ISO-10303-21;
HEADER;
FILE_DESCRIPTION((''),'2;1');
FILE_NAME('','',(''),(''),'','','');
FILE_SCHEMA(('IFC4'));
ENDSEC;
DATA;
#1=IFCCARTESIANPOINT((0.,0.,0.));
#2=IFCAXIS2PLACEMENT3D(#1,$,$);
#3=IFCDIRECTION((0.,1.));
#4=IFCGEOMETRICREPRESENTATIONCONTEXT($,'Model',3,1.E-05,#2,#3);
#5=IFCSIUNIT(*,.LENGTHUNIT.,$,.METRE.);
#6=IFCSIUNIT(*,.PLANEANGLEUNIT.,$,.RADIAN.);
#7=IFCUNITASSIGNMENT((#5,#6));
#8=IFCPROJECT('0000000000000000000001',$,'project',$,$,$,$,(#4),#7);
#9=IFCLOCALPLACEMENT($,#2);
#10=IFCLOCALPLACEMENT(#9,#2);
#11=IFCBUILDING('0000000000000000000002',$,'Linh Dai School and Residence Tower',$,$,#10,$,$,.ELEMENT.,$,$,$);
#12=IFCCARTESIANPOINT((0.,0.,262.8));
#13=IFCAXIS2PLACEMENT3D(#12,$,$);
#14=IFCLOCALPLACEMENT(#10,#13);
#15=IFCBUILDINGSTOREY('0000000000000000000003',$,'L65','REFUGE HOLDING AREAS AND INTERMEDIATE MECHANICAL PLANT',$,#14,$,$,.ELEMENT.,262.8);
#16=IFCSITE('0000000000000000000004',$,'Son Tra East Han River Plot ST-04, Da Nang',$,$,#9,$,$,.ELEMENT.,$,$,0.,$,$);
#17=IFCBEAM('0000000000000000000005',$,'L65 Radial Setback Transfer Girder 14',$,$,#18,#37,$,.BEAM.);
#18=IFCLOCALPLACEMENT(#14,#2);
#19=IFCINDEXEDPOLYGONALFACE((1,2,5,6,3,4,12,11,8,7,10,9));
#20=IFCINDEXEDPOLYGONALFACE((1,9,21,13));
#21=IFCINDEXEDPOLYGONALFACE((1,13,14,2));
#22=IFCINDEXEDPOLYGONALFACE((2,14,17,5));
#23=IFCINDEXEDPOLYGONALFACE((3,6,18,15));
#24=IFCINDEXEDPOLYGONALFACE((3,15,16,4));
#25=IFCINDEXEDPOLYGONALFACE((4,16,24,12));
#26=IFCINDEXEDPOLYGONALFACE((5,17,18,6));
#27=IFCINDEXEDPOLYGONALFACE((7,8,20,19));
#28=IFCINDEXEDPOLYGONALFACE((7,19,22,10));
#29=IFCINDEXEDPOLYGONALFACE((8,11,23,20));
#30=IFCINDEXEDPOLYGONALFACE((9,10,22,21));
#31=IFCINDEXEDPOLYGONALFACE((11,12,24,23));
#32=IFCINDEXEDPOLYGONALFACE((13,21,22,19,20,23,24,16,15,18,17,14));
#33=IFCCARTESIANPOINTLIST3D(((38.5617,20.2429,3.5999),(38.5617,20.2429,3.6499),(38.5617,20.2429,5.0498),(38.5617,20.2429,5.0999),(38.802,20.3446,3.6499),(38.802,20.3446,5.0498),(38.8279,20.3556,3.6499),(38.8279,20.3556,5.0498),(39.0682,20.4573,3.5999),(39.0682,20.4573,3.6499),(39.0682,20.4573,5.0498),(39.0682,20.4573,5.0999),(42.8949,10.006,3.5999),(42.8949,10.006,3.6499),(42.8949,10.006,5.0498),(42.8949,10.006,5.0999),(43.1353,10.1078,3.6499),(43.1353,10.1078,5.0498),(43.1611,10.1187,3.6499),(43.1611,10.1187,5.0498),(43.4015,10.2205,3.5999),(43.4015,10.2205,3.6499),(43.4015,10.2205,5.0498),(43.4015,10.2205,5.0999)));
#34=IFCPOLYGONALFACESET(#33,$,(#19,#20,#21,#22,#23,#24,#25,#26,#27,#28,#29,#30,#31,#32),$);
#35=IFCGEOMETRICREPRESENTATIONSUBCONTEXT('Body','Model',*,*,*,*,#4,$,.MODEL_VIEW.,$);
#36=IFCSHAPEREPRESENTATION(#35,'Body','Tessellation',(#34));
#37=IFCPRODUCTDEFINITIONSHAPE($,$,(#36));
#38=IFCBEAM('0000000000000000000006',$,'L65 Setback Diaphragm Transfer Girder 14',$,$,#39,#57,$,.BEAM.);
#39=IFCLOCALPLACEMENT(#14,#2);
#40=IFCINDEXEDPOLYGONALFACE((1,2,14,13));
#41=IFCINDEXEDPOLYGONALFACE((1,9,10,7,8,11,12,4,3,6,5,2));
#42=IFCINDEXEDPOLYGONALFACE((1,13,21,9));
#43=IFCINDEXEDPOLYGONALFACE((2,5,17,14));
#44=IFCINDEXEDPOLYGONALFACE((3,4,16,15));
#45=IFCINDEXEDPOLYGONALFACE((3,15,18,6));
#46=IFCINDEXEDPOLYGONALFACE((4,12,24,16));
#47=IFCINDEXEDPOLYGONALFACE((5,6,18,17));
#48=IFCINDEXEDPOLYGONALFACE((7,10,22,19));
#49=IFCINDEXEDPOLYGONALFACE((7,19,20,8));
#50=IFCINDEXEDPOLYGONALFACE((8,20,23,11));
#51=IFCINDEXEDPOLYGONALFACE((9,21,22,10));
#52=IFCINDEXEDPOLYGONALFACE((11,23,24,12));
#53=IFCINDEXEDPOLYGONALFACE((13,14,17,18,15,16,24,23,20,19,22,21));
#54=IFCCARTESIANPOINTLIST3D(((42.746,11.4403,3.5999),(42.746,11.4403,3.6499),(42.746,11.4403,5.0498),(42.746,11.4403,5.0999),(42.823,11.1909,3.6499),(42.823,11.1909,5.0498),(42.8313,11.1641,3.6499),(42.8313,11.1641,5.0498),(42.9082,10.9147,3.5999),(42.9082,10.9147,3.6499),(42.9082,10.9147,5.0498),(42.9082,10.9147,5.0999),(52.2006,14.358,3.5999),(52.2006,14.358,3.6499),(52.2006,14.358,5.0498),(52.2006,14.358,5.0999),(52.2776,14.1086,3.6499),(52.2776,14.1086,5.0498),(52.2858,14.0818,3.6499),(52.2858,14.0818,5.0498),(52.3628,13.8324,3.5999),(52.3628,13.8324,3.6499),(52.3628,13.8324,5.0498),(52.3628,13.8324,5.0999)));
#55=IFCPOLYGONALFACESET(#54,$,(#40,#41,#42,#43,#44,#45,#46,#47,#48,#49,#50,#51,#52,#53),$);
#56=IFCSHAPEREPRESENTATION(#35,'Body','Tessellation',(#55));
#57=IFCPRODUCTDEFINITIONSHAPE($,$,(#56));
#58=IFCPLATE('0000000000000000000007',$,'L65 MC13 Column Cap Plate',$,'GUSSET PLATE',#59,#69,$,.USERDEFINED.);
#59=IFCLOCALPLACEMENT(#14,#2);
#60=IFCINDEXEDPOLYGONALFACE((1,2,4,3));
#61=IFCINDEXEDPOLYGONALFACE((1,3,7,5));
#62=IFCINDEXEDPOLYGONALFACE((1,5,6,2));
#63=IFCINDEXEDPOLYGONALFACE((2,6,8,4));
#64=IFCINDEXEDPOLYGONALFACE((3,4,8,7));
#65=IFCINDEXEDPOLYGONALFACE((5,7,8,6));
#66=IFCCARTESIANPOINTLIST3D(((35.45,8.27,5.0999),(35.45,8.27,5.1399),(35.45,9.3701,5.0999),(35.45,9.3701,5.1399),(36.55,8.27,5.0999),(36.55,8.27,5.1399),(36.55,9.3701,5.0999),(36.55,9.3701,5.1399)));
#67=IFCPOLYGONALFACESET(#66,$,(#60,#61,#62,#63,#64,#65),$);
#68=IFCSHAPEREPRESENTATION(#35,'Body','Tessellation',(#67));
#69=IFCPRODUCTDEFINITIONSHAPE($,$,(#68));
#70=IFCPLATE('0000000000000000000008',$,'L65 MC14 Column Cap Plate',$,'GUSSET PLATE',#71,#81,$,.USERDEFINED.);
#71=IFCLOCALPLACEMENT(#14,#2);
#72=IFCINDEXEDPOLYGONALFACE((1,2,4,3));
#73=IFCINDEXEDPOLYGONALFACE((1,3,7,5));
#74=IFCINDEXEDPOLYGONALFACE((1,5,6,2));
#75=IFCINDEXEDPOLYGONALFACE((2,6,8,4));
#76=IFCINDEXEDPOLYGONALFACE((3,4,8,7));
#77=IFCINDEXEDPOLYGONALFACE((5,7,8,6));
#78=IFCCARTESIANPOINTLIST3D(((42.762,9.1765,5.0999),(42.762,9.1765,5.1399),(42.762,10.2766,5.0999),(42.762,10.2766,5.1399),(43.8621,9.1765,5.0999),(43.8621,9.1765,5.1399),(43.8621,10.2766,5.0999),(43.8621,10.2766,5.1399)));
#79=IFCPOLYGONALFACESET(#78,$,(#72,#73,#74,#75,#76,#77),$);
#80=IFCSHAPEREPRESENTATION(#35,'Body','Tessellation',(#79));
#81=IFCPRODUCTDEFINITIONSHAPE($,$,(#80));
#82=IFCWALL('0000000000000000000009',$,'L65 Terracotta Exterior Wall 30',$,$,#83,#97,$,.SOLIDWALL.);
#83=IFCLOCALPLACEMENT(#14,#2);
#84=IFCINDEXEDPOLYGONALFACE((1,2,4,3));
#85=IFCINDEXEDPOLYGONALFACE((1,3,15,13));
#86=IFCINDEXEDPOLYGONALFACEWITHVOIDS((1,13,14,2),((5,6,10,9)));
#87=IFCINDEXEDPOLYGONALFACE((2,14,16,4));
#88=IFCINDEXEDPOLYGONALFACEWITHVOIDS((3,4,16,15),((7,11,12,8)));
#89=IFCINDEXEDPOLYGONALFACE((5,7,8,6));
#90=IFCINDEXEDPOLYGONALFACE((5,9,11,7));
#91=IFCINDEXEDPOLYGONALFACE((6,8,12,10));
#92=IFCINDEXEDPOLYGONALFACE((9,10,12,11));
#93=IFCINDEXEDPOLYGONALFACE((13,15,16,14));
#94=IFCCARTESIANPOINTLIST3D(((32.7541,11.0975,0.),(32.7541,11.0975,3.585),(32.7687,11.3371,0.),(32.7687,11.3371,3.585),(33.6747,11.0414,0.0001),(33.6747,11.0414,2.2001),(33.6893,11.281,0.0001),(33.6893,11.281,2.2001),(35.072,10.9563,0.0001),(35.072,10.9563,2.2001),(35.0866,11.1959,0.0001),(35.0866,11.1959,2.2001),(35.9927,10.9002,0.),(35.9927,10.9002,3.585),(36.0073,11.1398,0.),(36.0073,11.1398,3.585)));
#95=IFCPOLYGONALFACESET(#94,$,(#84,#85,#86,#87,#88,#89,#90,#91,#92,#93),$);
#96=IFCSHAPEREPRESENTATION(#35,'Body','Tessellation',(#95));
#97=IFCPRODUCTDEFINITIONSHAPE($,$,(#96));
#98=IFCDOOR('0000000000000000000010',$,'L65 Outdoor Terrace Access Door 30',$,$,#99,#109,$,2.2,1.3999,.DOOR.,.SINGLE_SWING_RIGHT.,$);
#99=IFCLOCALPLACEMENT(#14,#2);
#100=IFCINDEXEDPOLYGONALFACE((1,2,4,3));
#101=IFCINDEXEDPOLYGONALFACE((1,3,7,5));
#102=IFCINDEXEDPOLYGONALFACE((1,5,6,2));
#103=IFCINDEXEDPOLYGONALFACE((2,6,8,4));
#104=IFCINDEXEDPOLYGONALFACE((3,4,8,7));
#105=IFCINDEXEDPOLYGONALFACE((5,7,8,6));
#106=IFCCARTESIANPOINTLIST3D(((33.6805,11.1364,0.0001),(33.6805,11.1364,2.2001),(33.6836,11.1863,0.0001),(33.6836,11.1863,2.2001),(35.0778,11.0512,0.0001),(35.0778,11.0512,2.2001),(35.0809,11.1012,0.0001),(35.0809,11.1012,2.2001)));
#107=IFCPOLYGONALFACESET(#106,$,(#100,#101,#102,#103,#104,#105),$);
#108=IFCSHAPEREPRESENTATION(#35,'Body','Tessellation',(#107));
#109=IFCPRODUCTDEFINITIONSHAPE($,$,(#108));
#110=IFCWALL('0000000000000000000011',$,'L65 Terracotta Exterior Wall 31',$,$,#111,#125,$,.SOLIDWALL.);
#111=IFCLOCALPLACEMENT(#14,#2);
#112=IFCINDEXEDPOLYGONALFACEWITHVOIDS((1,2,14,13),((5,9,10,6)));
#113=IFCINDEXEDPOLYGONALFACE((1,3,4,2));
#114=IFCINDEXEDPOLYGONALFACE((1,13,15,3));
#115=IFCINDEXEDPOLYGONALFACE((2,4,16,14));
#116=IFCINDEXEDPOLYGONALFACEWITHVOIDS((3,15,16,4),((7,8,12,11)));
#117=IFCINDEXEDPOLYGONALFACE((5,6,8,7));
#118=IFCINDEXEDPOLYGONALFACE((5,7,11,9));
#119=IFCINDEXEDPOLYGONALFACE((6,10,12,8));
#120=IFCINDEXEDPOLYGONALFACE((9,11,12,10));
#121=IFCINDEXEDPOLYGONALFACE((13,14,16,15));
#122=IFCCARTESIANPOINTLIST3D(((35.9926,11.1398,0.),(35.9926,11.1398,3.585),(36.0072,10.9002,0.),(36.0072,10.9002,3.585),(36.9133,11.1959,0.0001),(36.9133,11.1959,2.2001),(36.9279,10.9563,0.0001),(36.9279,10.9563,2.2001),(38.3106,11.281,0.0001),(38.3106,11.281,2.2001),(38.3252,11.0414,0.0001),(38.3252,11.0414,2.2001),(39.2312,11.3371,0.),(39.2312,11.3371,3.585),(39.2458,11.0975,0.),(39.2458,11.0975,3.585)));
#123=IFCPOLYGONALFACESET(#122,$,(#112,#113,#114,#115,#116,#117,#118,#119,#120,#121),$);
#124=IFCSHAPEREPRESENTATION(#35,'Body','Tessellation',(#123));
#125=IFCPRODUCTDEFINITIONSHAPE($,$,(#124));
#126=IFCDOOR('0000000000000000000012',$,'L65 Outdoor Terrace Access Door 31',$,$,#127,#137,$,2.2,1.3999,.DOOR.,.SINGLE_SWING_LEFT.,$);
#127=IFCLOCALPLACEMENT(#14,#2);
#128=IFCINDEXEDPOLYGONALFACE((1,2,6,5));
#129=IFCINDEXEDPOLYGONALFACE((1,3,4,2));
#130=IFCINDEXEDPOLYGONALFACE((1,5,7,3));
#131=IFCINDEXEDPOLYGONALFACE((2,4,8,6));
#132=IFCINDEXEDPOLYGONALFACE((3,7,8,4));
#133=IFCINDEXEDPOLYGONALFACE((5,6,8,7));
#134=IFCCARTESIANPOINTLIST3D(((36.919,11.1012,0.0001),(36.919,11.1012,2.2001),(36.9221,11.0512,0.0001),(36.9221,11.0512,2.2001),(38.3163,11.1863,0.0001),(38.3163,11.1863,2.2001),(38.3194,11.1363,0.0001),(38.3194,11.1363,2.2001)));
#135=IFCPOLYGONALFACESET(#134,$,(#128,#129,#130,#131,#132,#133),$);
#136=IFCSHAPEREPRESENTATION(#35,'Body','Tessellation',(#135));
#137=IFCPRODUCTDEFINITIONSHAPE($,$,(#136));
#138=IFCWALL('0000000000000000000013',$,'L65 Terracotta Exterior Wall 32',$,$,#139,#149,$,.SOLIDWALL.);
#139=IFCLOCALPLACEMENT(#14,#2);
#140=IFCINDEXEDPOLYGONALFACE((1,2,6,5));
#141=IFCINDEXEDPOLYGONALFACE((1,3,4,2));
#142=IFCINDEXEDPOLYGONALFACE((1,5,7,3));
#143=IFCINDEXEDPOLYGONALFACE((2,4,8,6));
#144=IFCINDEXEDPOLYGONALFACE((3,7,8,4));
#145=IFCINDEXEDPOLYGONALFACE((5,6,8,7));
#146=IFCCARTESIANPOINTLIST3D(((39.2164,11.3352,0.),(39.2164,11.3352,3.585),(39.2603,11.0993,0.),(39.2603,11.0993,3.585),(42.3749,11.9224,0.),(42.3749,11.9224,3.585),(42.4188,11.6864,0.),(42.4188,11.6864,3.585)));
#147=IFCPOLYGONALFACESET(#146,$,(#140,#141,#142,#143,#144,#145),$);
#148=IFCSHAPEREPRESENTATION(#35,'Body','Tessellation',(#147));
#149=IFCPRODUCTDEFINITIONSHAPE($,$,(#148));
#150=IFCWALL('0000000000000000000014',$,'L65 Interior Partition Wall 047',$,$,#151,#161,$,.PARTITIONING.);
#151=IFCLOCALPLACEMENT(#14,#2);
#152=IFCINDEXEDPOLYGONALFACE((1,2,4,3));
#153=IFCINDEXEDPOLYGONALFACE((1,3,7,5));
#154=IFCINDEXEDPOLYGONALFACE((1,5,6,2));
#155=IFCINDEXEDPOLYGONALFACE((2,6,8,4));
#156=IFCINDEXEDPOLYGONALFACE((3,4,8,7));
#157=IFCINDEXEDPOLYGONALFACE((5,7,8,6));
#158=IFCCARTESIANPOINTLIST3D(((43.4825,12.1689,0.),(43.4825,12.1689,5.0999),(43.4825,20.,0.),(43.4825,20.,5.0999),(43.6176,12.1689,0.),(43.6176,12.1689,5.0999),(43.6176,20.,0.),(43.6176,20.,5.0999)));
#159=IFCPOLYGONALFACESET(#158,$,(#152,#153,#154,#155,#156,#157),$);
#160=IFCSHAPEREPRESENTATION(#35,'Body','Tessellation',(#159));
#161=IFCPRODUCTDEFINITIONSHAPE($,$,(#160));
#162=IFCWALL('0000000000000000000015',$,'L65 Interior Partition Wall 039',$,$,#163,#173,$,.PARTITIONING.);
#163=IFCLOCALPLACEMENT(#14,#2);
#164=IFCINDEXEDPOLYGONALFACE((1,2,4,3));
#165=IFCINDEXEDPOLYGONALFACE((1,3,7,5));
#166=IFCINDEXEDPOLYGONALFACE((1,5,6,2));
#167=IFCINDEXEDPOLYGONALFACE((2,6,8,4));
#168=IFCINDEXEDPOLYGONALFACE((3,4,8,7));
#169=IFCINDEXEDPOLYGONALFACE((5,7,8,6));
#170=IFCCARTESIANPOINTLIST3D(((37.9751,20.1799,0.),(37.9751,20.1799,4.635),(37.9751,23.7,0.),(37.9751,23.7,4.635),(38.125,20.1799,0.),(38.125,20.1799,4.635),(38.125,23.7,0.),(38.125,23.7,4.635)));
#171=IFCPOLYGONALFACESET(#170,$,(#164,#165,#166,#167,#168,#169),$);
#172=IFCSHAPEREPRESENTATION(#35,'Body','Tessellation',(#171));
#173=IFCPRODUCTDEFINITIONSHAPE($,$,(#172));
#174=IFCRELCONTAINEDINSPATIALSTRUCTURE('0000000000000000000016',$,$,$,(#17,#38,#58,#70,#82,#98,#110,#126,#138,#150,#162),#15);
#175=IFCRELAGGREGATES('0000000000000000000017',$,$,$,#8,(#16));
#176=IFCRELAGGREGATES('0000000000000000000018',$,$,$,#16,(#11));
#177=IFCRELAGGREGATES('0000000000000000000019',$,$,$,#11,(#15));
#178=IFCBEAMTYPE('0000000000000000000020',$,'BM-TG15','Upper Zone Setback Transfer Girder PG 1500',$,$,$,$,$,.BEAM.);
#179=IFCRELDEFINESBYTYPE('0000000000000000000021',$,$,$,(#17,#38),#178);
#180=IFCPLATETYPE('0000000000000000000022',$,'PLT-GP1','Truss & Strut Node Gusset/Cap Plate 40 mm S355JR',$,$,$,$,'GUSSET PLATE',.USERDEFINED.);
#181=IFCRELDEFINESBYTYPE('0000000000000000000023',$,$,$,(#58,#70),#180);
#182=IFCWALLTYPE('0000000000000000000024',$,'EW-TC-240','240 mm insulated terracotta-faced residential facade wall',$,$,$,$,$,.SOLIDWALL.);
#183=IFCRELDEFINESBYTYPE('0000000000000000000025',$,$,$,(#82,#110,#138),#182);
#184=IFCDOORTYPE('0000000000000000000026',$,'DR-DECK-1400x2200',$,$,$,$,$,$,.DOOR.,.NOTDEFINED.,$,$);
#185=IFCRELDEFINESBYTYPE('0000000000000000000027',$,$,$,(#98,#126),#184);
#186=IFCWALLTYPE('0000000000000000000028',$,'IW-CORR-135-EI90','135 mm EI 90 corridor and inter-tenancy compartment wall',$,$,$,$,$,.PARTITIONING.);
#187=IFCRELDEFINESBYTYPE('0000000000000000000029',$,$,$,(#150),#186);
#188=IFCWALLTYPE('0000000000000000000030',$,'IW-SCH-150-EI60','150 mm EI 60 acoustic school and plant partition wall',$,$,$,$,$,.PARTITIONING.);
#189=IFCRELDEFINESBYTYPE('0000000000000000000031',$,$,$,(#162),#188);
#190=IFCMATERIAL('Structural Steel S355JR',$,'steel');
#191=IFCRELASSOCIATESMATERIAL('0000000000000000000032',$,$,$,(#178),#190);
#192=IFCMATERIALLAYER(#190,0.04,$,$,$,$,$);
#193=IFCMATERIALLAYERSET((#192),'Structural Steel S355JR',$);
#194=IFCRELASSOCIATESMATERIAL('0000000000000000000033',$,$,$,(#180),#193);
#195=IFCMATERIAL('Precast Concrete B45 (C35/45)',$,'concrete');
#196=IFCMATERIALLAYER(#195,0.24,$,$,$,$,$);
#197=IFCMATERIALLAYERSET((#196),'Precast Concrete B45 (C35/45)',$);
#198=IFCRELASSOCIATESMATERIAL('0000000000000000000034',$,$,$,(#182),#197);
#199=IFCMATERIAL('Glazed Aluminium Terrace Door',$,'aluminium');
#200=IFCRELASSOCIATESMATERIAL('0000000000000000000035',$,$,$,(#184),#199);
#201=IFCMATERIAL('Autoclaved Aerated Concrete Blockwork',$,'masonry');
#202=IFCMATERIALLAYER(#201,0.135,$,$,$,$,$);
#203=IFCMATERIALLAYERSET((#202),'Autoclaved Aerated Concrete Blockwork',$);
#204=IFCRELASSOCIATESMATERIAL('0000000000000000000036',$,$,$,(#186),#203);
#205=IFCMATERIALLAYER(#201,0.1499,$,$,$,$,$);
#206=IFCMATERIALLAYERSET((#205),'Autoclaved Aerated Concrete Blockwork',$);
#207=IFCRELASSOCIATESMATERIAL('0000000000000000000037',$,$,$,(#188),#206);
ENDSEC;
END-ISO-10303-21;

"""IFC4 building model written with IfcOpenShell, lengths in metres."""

from ifc_helpers import new_model, si_unit, direction, frame, frame_2d, origin, origin_2d, place, context, subcontext, project, spatial, rectangle, i_section, extrude, source, transform, mapped, material, layer, layer_set, material_profile, profile_set, type_object, element, fill, save


model = new_model("IFC4")

# Units and contexts
model_context = context("Model", 3, precision=1e-05, world=origin(), true_north=direction((0.0, 1.0)))
body_context = subcontext(model_context, "Body", "Model", "MODEL_VIEW")
ifc_project = project(units=[si_unit("LENGTHUNIT", "METRE"), si_unit("PLANEANGLEUNIT", "RADIAN")], contexts=[model_context])

# Site, building, storey
site_placement = place(None, origin())
site = spatial("IfcSite", under=ifc_project, at=site_placement, Name="Son Tra East Han River Plot ST-04, Da Nang", CompositionType="ELEMENT", RefElevation=0.0)
building_placement = place(site_placement, origin())
building = spatial("IfcBuilding", under=site, at=building_placement, Name="Linh Dai School and Residence Tower", CompositionType="ELEMENT")
storey_placement = place(building_placement, frame((0.0, 0.0, 262.8)))
storey = spatial("IfcBuildingStorey", under=building, at=storey_placement, Name="L65", Description="REFUGE HOLDING AREAS AND INTERMEDIATE MECHANICAL PLANT", CompositionType="ELEMENT", Elevation=262.8)

# Shared definitions
ifc_material_1 = material(Name="Structural Steel S355JR", Category="steel")

# Beams
ifc_material_profile_1 = material_profile(ifc_material_1, i_section(OverallWidth=0.55, OverallDepth=1.5, WebThickness=0.0281, FlangeThickness=0.05, at=origin_2d()), Name="PG 1500x550x28x50")
ifc_profile_set_1 = profile_set([ifc_material_profile_1], Name="Structural Steel S355JR")
beam_type_1 = type_object("IfcBeamType", Name="BM-TG15", Description="Upper Zone Setback Transfer Girder PG 1500", PredefinedType="BEAM", material=ifc_profile_set_1)
beam_1_placement = place(storey_placement, frame((38.8149, 20.3501, 4.3499), z_axis=(0.389815, -0.920893, 0.0), x_axis=(0.920893, 0.389815, 0.0)))
element("IfcBeam", 1, at=beam_1_placement, inside=storey, type_object=beam_type_1, Name="L65 Radial Setback Transfer Girder 14", PredefinedType="BEAM", context=body_context, shape_type="SweptSolid", body=[
    extrude(i_section(OverallWidth=0.55, OverallDepth=1.5, WebThickness=0.0281, FlangeThickness=0.05, at=origin_2d()), origin(), (0.0, 0.0, 1.0), 11.1162),
])
beam_2_placement = place(storey_placement, frame((42.8271, 11.1775, 4.3499), z_axis=(0.955534, 0.294882, 0.0), x_axis=(-0.294882, 0.955534, 0.0)))
element("IfcBeam", 2, at=beam_2_placement, inside=storey, type_object=beam_type_1, Name="L65 Setback Diaphragm Transfer Girder 14", PredefinedType="BEAM", context=body_context, shape_type="SweptSolid", body=[
    extrude(i_section(OverallWidth=0.55, OverallDepth=1.5, WebThickness=0.0281, FlangeThickness=0.05, at=origin_2d()), origin(), (0.0, 0.0, 1.0), 9.8945),
])

# Plates
ifc_layer_1 = layer(ifc_material_1, 0.04)
ifc_layer_set_1 = layer_set([ifc_layer_1], Name="Structural Steel S355JR")
plate_type = type_object("IfcPlateType", Name="PLT-GP1", Description="Truss & Strut Node Gusset/Cap Plate 40 mm S355JR", ElementType="GUSSET PLATE", PredefinedType="USERDEFINED", material=ifc_layer_set_1)
shared_shape_1 = source(origin(), body_context, "Body", "SweptSolid", [
    extrude(rectangle(XDim=1.1001, YDim=1.1001, at=origin_2d()), origin(), (0.0, 0.0, 1.0), 0.04),
])
for number, where, z_axis, x_axis, name in (
    (3, (36.0, 8.8201, 5.0999), (0.0, 0.0, 1.0), (1.0, 0.0, 0.0), "L65 MC13 Column Cap Plate"),
    (4, (43.312, 9.7266, 5.0999), (0.0, 0.0, 1.0), (1.0, 0.0, 0.0), "L65 MC14 Column Cap Plate"),
):
    element("IfcPlate", number, at=place(storey_placement, frame(where, z_axis=z_axis, x_axis=x_axis)), inside=storey, type_object=plate_type, Name=name, ObjectType="GUSSET PLATE", PredefinedType="USERDEFINED", context=body_context, shape_type="MappedRepresentation", body=[
        mapped(shared_shape_1, transform((0.0, 0.0, 0.0), x_axis=(1.0, 0.0, 0.0), y_axis=(0.0, 1.0, 0.0), z_axis=(0.0, 0.0, 1.0), scale=1.0)),
    ])

# Walls, openings, doors
ifc_material_2 = material(Name="Precast Concrete B45 (C35/45)", Category="concrete")
ifc_layer_2 = layer(ifc_material_2, 0.24)
ifc_layer_set_2 = layer_set([ifc_layer_2], Name="Precast Concrete B45 (C35/45)")
wall_type_1 = type_object("IfcWallType", Name="EW-TC-240", Description="240 mm insulated terracotta-faced residential facade wall", PredefinedType="SOLIDWALL", material=ifc_layer_set_2)
wall_1_placement = place(storey_placement, frame((36.0, 11.02, 0.0), z_axis=(0.0, 0.0, 1.0), x_axis=(-0.99815, 0.060799, 0.0)))
wall_1 = element("IfcWall", 5, at=wall_1_placement, inside=storey, type_object=wall_type_1, Name="L65 Terracotta Exterior Wall 30", PredefinedType="SOLIDWALL", context=body_context, shape_type="SweptSolid", body=[
    extrude(rectangle(XDim=3.2446, YDim=0.24, at=frame_2d((1.6223, 0.0))), origin(), (0.0, 0.0, 1.0), 3.585),
])
opening_1_placement = place(wall_1_placement, frame((0.9224, 0.0, 0.0)))
opening_1 = element("IfcOpeningElement", 6, at=opening_1_placement, cuts=wall_1, PredefinedType="OPENING", context=body_context, shape_type="SweptSolid", body=[
    extrude(rectangle(XDim=1.3999, YDim=2.2, at=origin_2d()), frame((0.7, 0.1299, 1.1001), z_axis=(0.0, -1.0, 0.0), x_axis=(1.0, 0.0, 0.0)), (0.0, 0.0, 1.0), 0.26),
])
ifc_material_3 = material(Name="Glazed Aluminium Terrace Door", Category="aluminium")
door_type_1 = type_object("IfcDoorType", Name="DR-DECK-1400x2200", OperationType="NOTDEFINED", PredefinedType="DOOR", material=ifc_material_3)
shared_shape_2 = source(origin(), body_context, "Body", "SweptSolid", [
    extrude(rectangle(XDim=1.3999, YDim=2.2, at=origin_2d()), frame((0.7, 0.0249, 1.1001), z_axis=(0.0, -1.0, 0.0), x_axis=(1.0, 0.0, 0.0)), (0.0, 0.0, 1.0), 0.05),
])
door_1_placement = place(opening_1_placement, origin())
door_1 = element("IfcDoor", 7, at=door_1_placement, inside=storey, type_object=door_type_1, Name="L65 Outdoor Terrace Access Door 30", OperationType="SINGLE_SWING_RIGHT", OverallHeight=2.2, OverallWidth=1.3999, PredefinedType="DOOR", context=body_context, shape_type="MappedRepresentation", body=[
    mapped(shared_shape_2, transform((0.0, 0.0, 0.0), x_axis=(1.0, 0.0, 0.0), y_axis=(0.0, 1.0, 0.0), z_axis=(0.0, 0.0, 1.0), scale=1.0)),
])
fill(opening_1, door_1)
wall_2_placement = place(storey_placement, frame((39.2385, 11.2173, 0.0), z_axis=(0.0, 0.0, 1.0), x_axis=(-0.99815, -0.060799, 0.0)))
wall_2 = element("IfcWall", 8, at=wall_2_placement, inside=storey, type_object=wall_type_1, Name="L65 Terracotta Exterior Wall 31", PredefinedType="SOLIDWALL", context=body_context, shape_type="SweptSolid", body=[
    extrude(rectangle(XDim=3.2446, YDim=0.24, at=frame_2d((1.6223, 0.0))), origin(), (0.0, 0.0, 1.0), 3.585),
])
opening_2_placement = place(wall_2_placement, frame((0.9224, 0.0, 0.0)))
opening_2 = element("IfcOpeningElement", 9, at=opening_2_placement, cuts=wall_2, PredefinedType="OPENING", context=body_context, shape_type="SweptSolid", body=[
    extrude(rectangle(XDim=1.3999, YDim=2.2, at=origin_2d()), frame((0.7, 0.1299, 1.1001), z_axis=(0.0, -1.0, 0.0), x_axis=(1.0, 0.0, 0.0)), (0.0, 0.0, 1.0), 0.26),
])
door_2_placement = place(opening_2_placement, origin())
door_2 = element("IfcDoor", 10, at=door_2_placement, inside=storey, type_object=door_type_1, Name="L65 Outdoor Terrace Access Door 31", OperationType="SINGLE_SWING_LEFT", OverallHeight=2.2, OverallWidth=1.3999, PredefinedType="DOOR", context=body_context, shape_type="MappedRepresentation", body=[
    mapped(shared_shape_2, transform((0.0, 0.0, 0.0), x_axis=(1.0, 0.0, 0.0), y_axis=(0.0, 1.0, 0.0), z_axis=(0.0, 0.0, 1.0), scale=1.0)),
])
fill(opening_2, door_2)

# Walls
wall_3_placement = place(storey_placement, frame((42.397, 11.8044, 0.0), z_axis=(0.0, 0.0, 1.0), x_axis=(-0.983156, -0.18277, 0.0)))
element("IfcWall", 11, at=wall_3_placement, inside=storey, type_object=wall_type_1, Name="L65 Terracotta Exterior Wall 32", PredefinedType="SOLIDWALL", context=body_context, shape_type="SweptSolid", body=[
    extrude(rectangle(XDim=3.2126, YDim=0.24, at=frame_2d((1.6064, 0.0))), origin(), (0.0, 0.0, 1.0), 3.585),
])
ifc_material_4 = material(Name="Autoclaved Aerated Concrete Blockwork", Category="masonry")
ifc_layer_3 = layer(ifc_material_4, 0.135)
ifc_layer_set_3 = layer_set([ifc_layer_3], Name="Autoclaved Aerated Concrete Blockwork")
wall_type_2 = type_object("IfcWallType", Name="IW-CORR-135-EI90", Description="135 mm EI 90 corridor and inter-tenancy compartment wall", PredefinedType="PARTITIONING", material=ifc_layer_set_3)
wall_4_placement = place(storey_placement, frame((43.55, 12.1689, 0.0), z_axis=(0.0, 0.0, 1.0), x_axis=(0.0, 1.0, 0.0)))
element("IfcWall", 12, at=wall_4_placement, inside=storey, type_object=wall_type_2, Name="L65 Interior Partition Wall 047", PredefinedType="PARTITIONING", context=body_context, shape_type="SweptSolid", body=[
    extrude(rectangle(XDim=7.8311, YDim=0.135, at=frame_2d((3.9155, 0.0))), origin(), (0.0, 0.0, 1.0), 5.0999),
])

# Wall
ifc_layer_4 = layer(ifc_material_4, 0.1499)
ifc_layer_set_4 = layer_set([ifc_layer_4], Name="Autoclaved Aerated Concrete Blockwork")
wall_type_3 = type_object("IfcWallType", Name="IW-SCH-150-EI60", Description="150 mm EI 60 acoustic school and plant partition wall", PredefinedType="PARTITIONING", material=ifc_layer_set_4)
wall_5_placement = place(storey_placement, frame((38.05, 20.1799, 0.0), z_axis=(0.0, 0.0, 1.0), x_axis=(0.0, 1.0, 0.0)))
element("IfcWall", 13, at=wall_5_placement, inside=storey, type_object=wall_type_3, Name="L65 Interior Partition Wall 039", PredefinedType="PARTITIONING", context=body_context, shape_type="SweptSolid", body=[
    extrude(rectangle(XDim=3.52, YDim=0.1499, at=frame_2d((1.76, 0.0))), origin(), (0.0, 0.0, 1.0), 4.635),
])

save(model, "model.ifc")
